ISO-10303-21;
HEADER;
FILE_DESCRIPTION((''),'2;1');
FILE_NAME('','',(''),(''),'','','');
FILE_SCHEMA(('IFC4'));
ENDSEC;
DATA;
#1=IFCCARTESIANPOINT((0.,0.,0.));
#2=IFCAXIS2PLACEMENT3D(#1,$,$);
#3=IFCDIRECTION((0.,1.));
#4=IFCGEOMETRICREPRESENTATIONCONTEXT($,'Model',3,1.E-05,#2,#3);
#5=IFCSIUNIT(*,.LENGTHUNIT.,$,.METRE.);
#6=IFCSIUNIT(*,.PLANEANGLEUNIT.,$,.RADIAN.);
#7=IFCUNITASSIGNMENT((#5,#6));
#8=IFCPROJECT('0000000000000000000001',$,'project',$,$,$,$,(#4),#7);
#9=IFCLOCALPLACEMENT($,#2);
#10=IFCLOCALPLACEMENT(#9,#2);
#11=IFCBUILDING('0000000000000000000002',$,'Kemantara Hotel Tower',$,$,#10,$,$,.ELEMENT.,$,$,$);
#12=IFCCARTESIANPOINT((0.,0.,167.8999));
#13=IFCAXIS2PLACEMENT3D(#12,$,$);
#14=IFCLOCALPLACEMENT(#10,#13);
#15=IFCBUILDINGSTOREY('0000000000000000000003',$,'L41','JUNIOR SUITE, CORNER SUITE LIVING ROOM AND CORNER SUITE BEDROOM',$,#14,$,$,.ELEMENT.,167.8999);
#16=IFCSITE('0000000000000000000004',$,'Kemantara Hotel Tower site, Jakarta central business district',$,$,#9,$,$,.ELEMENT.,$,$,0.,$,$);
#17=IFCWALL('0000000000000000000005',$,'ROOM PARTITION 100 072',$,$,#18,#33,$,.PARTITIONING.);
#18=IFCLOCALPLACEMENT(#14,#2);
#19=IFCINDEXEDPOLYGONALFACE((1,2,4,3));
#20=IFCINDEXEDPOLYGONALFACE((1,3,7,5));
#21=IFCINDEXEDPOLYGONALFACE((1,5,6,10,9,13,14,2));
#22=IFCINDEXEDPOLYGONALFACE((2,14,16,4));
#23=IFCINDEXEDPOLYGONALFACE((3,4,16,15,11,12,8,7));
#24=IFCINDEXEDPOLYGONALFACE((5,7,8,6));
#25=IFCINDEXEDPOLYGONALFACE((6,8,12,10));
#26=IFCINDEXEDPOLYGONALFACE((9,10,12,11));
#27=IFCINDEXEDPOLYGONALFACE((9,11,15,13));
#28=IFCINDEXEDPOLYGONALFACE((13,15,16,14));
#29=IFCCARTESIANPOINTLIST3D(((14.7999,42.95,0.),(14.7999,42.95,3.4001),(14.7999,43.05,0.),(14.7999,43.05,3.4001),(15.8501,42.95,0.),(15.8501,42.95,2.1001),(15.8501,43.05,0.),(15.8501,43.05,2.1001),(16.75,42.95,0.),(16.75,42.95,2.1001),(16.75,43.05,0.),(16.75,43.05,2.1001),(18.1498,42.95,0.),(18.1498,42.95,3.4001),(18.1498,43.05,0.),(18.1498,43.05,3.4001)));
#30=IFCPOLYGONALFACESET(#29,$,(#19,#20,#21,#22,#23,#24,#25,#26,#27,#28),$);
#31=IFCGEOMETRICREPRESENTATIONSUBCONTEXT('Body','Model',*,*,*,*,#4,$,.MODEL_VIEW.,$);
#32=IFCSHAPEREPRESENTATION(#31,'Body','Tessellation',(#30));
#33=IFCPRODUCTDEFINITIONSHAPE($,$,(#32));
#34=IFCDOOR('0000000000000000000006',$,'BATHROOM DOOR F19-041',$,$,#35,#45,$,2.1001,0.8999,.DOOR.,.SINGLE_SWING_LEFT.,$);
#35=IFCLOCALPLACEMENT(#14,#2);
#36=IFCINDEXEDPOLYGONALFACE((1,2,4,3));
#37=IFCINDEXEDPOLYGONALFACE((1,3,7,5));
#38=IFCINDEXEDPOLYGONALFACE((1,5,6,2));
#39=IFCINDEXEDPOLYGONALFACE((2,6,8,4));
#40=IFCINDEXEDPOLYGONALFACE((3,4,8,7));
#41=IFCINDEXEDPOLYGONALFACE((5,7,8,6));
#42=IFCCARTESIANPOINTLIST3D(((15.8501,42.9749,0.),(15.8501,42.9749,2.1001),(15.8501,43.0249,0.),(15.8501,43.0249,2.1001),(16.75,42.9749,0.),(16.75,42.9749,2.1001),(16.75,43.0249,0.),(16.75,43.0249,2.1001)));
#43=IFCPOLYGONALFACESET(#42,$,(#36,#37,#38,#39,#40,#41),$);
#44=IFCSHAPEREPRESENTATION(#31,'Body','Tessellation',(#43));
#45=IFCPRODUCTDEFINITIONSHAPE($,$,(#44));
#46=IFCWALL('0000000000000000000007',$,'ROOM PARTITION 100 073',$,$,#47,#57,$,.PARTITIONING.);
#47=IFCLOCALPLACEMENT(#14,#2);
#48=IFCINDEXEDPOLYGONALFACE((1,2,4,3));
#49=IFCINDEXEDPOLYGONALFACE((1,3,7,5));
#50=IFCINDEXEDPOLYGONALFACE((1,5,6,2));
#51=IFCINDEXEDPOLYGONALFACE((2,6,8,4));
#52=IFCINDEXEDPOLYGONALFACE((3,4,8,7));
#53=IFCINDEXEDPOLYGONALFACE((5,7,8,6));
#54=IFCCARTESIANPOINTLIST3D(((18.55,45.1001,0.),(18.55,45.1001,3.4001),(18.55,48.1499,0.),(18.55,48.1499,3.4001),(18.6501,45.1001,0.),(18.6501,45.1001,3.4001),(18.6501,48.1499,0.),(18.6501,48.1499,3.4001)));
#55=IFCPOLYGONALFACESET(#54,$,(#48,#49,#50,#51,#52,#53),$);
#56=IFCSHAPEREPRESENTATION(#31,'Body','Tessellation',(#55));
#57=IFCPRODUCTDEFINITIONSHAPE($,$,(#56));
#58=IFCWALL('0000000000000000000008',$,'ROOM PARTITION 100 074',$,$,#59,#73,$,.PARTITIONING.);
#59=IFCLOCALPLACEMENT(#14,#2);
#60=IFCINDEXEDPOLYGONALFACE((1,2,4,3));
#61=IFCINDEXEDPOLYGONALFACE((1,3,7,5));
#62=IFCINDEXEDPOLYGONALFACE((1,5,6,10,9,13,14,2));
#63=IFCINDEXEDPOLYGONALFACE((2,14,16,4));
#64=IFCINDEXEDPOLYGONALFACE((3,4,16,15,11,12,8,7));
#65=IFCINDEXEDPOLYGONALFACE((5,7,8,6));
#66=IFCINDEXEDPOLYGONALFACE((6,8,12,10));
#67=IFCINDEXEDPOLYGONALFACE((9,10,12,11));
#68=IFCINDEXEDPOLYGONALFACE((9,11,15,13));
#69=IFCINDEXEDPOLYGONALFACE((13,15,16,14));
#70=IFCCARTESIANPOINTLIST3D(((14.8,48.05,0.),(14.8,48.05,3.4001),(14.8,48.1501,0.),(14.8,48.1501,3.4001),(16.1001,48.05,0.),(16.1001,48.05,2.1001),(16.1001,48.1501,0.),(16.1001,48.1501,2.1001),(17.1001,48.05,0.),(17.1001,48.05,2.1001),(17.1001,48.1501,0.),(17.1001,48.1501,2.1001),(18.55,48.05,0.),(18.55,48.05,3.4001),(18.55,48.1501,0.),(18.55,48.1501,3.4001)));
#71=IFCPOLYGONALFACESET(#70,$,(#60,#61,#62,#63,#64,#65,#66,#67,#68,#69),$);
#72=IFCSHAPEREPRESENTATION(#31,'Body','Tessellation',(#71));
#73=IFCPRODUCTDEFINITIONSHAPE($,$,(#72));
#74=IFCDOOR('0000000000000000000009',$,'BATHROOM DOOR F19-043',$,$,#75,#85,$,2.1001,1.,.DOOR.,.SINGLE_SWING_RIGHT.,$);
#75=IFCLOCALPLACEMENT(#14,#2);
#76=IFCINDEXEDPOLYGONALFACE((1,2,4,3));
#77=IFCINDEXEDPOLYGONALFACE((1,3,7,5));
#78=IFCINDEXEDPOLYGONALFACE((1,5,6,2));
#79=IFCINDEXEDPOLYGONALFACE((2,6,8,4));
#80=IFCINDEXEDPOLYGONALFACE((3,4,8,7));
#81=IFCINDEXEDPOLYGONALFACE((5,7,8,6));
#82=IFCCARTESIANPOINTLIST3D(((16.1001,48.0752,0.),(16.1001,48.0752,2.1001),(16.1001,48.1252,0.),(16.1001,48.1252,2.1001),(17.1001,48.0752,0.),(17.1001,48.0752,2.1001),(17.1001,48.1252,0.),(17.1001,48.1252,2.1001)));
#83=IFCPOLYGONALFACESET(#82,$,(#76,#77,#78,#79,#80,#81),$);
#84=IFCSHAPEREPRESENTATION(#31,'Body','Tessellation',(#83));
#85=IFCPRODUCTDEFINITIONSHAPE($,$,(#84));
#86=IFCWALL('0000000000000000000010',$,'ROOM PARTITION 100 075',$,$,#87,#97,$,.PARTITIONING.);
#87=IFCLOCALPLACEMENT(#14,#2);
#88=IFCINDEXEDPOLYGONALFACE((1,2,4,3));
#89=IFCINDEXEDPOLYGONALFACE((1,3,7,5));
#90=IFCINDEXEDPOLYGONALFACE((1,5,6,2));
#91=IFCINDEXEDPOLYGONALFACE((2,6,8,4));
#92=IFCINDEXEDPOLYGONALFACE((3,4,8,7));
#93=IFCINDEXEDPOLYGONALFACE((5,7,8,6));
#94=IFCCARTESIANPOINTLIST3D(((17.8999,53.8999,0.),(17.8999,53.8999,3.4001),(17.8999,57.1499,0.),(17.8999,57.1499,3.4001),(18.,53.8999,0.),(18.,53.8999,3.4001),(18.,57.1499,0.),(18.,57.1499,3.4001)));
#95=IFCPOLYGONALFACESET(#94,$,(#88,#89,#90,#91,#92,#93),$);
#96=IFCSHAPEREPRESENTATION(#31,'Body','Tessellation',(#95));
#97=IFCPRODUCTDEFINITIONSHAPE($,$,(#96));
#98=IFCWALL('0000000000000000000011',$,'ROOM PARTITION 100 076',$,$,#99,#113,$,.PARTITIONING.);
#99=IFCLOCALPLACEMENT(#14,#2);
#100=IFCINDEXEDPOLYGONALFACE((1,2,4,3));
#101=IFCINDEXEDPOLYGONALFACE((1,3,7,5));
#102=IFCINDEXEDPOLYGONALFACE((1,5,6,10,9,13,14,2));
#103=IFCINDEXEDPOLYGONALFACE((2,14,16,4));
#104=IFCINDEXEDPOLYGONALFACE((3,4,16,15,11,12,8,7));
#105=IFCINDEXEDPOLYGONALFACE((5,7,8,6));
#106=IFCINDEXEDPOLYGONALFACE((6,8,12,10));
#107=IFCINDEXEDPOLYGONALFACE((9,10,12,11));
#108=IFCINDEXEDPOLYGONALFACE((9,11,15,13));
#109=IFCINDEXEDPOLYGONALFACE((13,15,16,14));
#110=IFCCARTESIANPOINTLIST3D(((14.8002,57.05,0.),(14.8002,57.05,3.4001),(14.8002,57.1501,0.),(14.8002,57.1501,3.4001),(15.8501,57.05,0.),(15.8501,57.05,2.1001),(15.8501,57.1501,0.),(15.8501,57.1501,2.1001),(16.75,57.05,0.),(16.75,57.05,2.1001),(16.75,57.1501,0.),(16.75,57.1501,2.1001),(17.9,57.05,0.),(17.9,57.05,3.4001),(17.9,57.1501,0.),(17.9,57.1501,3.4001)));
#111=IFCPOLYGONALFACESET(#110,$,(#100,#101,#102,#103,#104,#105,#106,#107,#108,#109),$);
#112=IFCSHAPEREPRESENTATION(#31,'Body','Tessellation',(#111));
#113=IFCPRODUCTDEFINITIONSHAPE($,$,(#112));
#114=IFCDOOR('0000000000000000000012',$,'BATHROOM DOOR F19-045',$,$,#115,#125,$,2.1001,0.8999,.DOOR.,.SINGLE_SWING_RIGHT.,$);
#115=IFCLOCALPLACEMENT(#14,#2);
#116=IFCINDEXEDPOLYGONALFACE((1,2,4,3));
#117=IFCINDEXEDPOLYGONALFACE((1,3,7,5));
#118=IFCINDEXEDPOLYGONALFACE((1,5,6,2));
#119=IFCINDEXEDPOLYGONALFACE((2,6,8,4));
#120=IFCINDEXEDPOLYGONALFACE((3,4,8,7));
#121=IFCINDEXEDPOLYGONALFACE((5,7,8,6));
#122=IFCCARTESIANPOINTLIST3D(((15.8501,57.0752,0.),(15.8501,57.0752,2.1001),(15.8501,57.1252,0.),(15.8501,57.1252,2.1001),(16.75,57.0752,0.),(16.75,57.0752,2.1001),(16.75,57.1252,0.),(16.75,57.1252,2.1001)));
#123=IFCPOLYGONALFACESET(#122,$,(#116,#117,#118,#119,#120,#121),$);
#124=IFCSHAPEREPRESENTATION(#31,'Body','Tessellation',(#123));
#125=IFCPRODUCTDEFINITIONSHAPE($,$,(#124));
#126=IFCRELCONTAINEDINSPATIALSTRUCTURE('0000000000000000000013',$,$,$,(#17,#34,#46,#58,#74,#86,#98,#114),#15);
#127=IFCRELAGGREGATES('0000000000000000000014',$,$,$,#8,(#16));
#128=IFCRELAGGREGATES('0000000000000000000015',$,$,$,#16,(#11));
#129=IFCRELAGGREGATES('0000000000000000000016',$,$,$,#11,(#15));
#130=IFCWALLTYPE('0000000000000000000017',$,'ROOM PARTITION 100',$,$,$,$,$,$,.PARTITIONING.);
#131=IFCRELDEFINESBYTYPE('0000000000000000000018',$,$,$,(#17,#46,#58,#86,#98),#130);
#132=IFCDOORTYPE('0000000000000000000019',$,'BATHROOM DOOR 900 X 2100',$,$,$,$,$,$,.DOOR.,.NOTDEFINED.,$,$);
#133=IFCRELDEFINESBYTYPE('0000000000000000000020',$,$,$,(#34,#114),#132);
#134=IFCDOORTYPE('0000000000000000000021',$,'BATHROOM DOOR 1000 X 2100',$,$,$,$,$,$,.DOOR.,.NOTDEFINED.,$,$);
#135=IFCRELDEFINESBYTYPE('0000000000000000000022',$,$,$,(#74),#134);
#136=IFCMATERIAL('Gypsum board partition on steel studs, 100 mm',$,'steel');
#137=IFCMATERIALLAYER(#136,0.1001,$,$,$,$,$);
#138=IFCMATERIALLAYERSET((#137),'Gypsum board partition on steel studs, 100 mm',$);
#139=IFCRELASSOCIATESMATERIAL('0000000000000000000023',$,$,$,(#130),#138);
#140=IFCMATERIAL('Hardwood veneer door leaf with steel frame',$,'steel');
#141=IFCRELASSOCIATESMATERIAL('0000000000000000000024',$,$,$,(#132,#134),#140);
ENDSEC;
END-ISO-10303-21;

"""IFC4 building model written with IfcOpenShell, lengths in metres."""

from ifc_helpers import new_model, si_unit, direction, frame, frame_2d, origin, place, context, subcontext, project, spatial, rectangle, extrude, material, layer, layer_set, type_object, element, fill, save


model = new_model("IFC4")

# Units and contexts
model_context = context("Model", 3, precision=1e-05, world=origin(), true_north=direction((0.0, 1.0)))
body_context = subcontext(model_context, "Body", "Model", "MODEL_VIEW")
ifc_project = project(units=[si_unit("LENGTHUNIT", "METRE"), si_unit("PLANEANGLEUNIT", "RADIAN")], contexts=[model_context])

# Site, building, storey
site_placement = place(None, origin())
site = spatial("IfcSite", under=ifc_project, at=site_placement, Name="Kemantara Hotel Tower site, Jakarta central business district", CompositionType="ELEMENT", RefElevation=0.0)
building_placement = place(site_placement, origin())
building = spatial("IfcBuilding", under=site, at=building_placement, Name="Kemantara Hotel Tower", CompositionType="ELEMENT")
storey_placement = place(building_placement, frame((0.0, 0.0, 167.8999)))
storey = spatial("IfcBuildingStorey", under=building, at=storey_placement, Name="L41", Description="JUNIOR SUITE, CORNER SUITE LIVING ROOM AND CORNER SUITE BEDROOM", CompositionType="ELEMENT", Elevation=167.8999)

# Shared definitions
ifc_material_1 = material(Name="Gypsum board partition on steel studs, 100 mm", Category="steel")
ifc_layer_1 = layer(ifc_material_1, 0.1001)
ifc_layer_set_1 = layer_set([ifc_layer_1], Name="Gypsum board partition on steel studs, 100 mm")
wall_type_1 = type_object("IfcWallType", Name="ROOM PARTITION 100", PredefinedType="PARTITIONING", material=ifc_layer_set_1)

# Wall, opening, door
wall_1_placement = place(storey_placement, frame((14.8, 43.0, 0.0), z_axis=(0.0, 0.0, 1.0), x_axis=(1.0, 0.0, 0.0)))
wall_1 = element("IfcWall", 1, at=wall_1_placement, inside=storey, type_object=wall_type_1, Name="ROOM PARTITION 100 072", PredefinedType="PARTITIONING", context=body_context, shape_type="SweptSolid", body=[
    extrude(rectangle(XDim=3.3499, YDim=0.1001, at=frame_2d((1.6748, 0.0))), origin(), (0.0, 0.0, 1.0), 3.4001),
])
opening_1_placement = place(wall_1_placement, frame((1.05, 0.0, 0.0)))
opening_1 = element("IfcOpeningElement", 2, at=opening_1_placement, cuts=wall_1, PredefinedType="OPENING", context=body_context, shape_type="SweptSolid", body=[
    extrude(rectangle(XDim=0.8999, YDim=2.1001, at=frame_2d((0.45, 1.05))), frame((0.0, 0.0601, 0.0), z_axis=(0.0, -1.0, 0.0), x_axis=(1.0, 0.0, 0.0)), (0.0, 0.0, 1.0), 0.1201),
])
ifc_material_2 = material(Name="Hardwood veneer door leaf with steel frame", Category="steel")
door_type_1 = type_object("IfcDoorType", Name="BATHROOM DOOR 900 X 2100", OperationType="NOTDEFINED", PredefinedType="DOOR", material=ifc_material_2)
door_1_placement = place(opening_1_placement, origin())
door_1 = element("IfcDoor", 3, at=door_1_placement, inside=storey, type_object=door_type_1, Name="BATHROOM DOOR F19-041", OperationType="SINGLE_SWING_LEFT", OverallHeight=2.1001, OverallWidth=0.8999, PredefinedType="DOOR", context=body_context, shape_type="SweptSolid", body=[
    extrude(rectangle(XDim=0.8999, YDim=2.1001, at=frame_2d((0.45, 1.05))), frame((0.0, 0.0249, 0.0), z_axis=(0.0, -1.0, 0.0), x_axis=(1.0, 0.0, 0.0)), (0.0, 0.0, 1.0), 0.05),
])
fill(opening_1, door_1)

# Wall
wall_2_placement = place(storey_placement, frame((18.6001, 45.1001, 0.0), z_axis=(0.0, 0.0, 1.0), x_axis=(0.0, 1.0, 0.0)))
element("IfcWall", 4, at=wall_2_placement, inside=storey, type_object=wall_type_1, Name="ROOM PARTITION 100 073", PredefinedType="PARTITIONING", context=body_context, shape_type="SweptSolid", body=[
    extrude(rectangle(XDim=3.0498, YDim=0.1001, at=frame_2d((1.5249, 0.0))), origin(), (0.0, 0.0, 1.0), 3.4001),
])

# Wall, opening, door
wall_3_placement = place(storey_placement, frame((18.55, 48.1001, 0.0), z_axis=(0.0, 0.0, 1.0), x_axis=(-1.0, 0.0, 0.0)))
wall_3 = element("IfcWall", 5, at=wall_3_placement, inside=storey, type_object=wall_type_1, Name="ROOM PARTITION 100 074", PredefinedType="PARTITIONING", context=body_context, shape_type="SweptSolid", body=[
    extrude(rectangle(XDim=3.75, YDim=0.1001, at=frame_2d((1.875, 0.0))), origin(), (0.0, 0.0, 1.0), 3.4001),
])
opening_2_placement = place(wall_3_placement, frame((1.45, 0.0, 0.0)))
opening_2 = element("IfcOpeningElement", 6, at=opening_2_placement, cuts=wall_3, PredefinedType="OPENING", context=body_context, shape_type="SweptSolid", body=[
    extrude(rectangle(XDim=1.0, YDim=2.1001, at=frame_2d((0.5, 1.05))), frame((0.0, 0.0601, 0.0), z_axis=(0.0, -1.0, 0.0), x_axis=(1.0, 0.0, 0.0)), (0.0, 0.0, 1.0), 0.1201),
])
door_type_2 = type_object("IfcDoorType", Name="BATHROOM DOOR 1000 X 2100", OperationType="NOTDEFINED", PredefinedType="DOOR", material=ifc_material_2)
door_2_placement = place(opening_2_placement, origin())
door_2 = element("IfcDoor", 7, at=door_2_placement, inside=storey, type_object=door_type_2, Name="BATHROOM DOOR F19-043", OperationType="SINGLE_SWING_RIGHT", OverallHeight=2.1001, OverallWidth=1.0, PredefinedType="DOOR", context=body_context, shape_type="SweptSolid", body=[
    extrude(rectangle(XDim=1.0, YDim=2.1001, at=frame_2d((0.5, 1.05))), frame((0.0, 0.0249, 0.0), z_axis=(0.0, -1.0, 0.0), x_axis=(1.0, 0.0, 0.0)), (0.0, 0.0, 1.0), 0.05),
])
fill(opening_2, door_2)

# Wall
wall_4_placement = place(storey_placement, frame((17.95, 53.8999, 0.0), z_axis=(0.0, 0.0, 1.0), x_axis=(0.0, 1.0, 0.0)))
element("IfcWall", 8, at=wall_4_placement, inside=storey, type_object=wall_type_1, Name="ROOM PARTITION 100 075", PredefinedType="PARTITIONING", context=body_context, shape_type="SweptSolid", body=[
    extrude(rectangle(XDim=3.25, YDim=0.1001, at=frame_2d((1.625, 0.0))), origin(), (0.0, 0.0, 1.0), 3.4001),
])

# Wall, opening, door
wall_5_placement = place(storey_placement, frame((17.8999, 57.1001, 0.0), z_axis=(0.0, 0.0, 1.0), x_axis=(-1.0, 0.0, 0.0)))
wall_5 = element("IfcWall", 9, at=wall_5_placement, inside=storey, type_object=wall_type_1, Name="ROOM PARTITION 100 076", PredefinedType="PARTITIONING", context=body_context, shape_type="SweptSolid", body=[
    extrude(rectangle(XDim=3.0999, YDim=0.1001, at=frame_2d((1.5498, 0.0))), origin(), (0.0, 0.0, 1.0), 3.4001),
])
opening_3_placement = place(wall_5_placement, frame((1.1499, 0.0, 0.0)))
opening_3 = element("IfcOpeningElement", 10, at=opening_3_placement, cuts=wall_5, PredefinedType="OPENING", context=body_context, shape_type="SweptSolid", body=[
    extrude(rectangle(XDim=0.8999, YDim=2.1001, at=frame_2d((0.45, 1.05))), frame((0.0, 0.0601, 0.0), z_axis=(0.0, -1.0, 0.0), x_axis=(1.0, 0.0, 0.0)), (0.0, 0.0, 1.0), 0.1201),
])
door_3_placement = place(opening_3_placement, origin())
door_3 = element("IfcDoor", 11, at=door_3_placement, inside=storey, type_object=door_type_1, Name="BATHROOM DOOR F19-045", OperationType="SINGLE_SWING_RIGHT", OverallHeight=2.1001, OverallWidth=0.8999, PredefinedType="DOOR", context=body_context, shape_type="SweptSolid", body=[
    extrude(rectangle(XDim=0.8999, YDim=2.1001, at=frame_2d((0.45, 1.05))), frame((0.0, 0.0249, 0.0), z_axis=(0.0, -1.0, 0.0), x_axis=(1.0, 0.0, 0.0)), (0.0, 0.0, 1.0), 0.05),
])
fill(opening_3, door_3)

save(model, "model.ifc")
